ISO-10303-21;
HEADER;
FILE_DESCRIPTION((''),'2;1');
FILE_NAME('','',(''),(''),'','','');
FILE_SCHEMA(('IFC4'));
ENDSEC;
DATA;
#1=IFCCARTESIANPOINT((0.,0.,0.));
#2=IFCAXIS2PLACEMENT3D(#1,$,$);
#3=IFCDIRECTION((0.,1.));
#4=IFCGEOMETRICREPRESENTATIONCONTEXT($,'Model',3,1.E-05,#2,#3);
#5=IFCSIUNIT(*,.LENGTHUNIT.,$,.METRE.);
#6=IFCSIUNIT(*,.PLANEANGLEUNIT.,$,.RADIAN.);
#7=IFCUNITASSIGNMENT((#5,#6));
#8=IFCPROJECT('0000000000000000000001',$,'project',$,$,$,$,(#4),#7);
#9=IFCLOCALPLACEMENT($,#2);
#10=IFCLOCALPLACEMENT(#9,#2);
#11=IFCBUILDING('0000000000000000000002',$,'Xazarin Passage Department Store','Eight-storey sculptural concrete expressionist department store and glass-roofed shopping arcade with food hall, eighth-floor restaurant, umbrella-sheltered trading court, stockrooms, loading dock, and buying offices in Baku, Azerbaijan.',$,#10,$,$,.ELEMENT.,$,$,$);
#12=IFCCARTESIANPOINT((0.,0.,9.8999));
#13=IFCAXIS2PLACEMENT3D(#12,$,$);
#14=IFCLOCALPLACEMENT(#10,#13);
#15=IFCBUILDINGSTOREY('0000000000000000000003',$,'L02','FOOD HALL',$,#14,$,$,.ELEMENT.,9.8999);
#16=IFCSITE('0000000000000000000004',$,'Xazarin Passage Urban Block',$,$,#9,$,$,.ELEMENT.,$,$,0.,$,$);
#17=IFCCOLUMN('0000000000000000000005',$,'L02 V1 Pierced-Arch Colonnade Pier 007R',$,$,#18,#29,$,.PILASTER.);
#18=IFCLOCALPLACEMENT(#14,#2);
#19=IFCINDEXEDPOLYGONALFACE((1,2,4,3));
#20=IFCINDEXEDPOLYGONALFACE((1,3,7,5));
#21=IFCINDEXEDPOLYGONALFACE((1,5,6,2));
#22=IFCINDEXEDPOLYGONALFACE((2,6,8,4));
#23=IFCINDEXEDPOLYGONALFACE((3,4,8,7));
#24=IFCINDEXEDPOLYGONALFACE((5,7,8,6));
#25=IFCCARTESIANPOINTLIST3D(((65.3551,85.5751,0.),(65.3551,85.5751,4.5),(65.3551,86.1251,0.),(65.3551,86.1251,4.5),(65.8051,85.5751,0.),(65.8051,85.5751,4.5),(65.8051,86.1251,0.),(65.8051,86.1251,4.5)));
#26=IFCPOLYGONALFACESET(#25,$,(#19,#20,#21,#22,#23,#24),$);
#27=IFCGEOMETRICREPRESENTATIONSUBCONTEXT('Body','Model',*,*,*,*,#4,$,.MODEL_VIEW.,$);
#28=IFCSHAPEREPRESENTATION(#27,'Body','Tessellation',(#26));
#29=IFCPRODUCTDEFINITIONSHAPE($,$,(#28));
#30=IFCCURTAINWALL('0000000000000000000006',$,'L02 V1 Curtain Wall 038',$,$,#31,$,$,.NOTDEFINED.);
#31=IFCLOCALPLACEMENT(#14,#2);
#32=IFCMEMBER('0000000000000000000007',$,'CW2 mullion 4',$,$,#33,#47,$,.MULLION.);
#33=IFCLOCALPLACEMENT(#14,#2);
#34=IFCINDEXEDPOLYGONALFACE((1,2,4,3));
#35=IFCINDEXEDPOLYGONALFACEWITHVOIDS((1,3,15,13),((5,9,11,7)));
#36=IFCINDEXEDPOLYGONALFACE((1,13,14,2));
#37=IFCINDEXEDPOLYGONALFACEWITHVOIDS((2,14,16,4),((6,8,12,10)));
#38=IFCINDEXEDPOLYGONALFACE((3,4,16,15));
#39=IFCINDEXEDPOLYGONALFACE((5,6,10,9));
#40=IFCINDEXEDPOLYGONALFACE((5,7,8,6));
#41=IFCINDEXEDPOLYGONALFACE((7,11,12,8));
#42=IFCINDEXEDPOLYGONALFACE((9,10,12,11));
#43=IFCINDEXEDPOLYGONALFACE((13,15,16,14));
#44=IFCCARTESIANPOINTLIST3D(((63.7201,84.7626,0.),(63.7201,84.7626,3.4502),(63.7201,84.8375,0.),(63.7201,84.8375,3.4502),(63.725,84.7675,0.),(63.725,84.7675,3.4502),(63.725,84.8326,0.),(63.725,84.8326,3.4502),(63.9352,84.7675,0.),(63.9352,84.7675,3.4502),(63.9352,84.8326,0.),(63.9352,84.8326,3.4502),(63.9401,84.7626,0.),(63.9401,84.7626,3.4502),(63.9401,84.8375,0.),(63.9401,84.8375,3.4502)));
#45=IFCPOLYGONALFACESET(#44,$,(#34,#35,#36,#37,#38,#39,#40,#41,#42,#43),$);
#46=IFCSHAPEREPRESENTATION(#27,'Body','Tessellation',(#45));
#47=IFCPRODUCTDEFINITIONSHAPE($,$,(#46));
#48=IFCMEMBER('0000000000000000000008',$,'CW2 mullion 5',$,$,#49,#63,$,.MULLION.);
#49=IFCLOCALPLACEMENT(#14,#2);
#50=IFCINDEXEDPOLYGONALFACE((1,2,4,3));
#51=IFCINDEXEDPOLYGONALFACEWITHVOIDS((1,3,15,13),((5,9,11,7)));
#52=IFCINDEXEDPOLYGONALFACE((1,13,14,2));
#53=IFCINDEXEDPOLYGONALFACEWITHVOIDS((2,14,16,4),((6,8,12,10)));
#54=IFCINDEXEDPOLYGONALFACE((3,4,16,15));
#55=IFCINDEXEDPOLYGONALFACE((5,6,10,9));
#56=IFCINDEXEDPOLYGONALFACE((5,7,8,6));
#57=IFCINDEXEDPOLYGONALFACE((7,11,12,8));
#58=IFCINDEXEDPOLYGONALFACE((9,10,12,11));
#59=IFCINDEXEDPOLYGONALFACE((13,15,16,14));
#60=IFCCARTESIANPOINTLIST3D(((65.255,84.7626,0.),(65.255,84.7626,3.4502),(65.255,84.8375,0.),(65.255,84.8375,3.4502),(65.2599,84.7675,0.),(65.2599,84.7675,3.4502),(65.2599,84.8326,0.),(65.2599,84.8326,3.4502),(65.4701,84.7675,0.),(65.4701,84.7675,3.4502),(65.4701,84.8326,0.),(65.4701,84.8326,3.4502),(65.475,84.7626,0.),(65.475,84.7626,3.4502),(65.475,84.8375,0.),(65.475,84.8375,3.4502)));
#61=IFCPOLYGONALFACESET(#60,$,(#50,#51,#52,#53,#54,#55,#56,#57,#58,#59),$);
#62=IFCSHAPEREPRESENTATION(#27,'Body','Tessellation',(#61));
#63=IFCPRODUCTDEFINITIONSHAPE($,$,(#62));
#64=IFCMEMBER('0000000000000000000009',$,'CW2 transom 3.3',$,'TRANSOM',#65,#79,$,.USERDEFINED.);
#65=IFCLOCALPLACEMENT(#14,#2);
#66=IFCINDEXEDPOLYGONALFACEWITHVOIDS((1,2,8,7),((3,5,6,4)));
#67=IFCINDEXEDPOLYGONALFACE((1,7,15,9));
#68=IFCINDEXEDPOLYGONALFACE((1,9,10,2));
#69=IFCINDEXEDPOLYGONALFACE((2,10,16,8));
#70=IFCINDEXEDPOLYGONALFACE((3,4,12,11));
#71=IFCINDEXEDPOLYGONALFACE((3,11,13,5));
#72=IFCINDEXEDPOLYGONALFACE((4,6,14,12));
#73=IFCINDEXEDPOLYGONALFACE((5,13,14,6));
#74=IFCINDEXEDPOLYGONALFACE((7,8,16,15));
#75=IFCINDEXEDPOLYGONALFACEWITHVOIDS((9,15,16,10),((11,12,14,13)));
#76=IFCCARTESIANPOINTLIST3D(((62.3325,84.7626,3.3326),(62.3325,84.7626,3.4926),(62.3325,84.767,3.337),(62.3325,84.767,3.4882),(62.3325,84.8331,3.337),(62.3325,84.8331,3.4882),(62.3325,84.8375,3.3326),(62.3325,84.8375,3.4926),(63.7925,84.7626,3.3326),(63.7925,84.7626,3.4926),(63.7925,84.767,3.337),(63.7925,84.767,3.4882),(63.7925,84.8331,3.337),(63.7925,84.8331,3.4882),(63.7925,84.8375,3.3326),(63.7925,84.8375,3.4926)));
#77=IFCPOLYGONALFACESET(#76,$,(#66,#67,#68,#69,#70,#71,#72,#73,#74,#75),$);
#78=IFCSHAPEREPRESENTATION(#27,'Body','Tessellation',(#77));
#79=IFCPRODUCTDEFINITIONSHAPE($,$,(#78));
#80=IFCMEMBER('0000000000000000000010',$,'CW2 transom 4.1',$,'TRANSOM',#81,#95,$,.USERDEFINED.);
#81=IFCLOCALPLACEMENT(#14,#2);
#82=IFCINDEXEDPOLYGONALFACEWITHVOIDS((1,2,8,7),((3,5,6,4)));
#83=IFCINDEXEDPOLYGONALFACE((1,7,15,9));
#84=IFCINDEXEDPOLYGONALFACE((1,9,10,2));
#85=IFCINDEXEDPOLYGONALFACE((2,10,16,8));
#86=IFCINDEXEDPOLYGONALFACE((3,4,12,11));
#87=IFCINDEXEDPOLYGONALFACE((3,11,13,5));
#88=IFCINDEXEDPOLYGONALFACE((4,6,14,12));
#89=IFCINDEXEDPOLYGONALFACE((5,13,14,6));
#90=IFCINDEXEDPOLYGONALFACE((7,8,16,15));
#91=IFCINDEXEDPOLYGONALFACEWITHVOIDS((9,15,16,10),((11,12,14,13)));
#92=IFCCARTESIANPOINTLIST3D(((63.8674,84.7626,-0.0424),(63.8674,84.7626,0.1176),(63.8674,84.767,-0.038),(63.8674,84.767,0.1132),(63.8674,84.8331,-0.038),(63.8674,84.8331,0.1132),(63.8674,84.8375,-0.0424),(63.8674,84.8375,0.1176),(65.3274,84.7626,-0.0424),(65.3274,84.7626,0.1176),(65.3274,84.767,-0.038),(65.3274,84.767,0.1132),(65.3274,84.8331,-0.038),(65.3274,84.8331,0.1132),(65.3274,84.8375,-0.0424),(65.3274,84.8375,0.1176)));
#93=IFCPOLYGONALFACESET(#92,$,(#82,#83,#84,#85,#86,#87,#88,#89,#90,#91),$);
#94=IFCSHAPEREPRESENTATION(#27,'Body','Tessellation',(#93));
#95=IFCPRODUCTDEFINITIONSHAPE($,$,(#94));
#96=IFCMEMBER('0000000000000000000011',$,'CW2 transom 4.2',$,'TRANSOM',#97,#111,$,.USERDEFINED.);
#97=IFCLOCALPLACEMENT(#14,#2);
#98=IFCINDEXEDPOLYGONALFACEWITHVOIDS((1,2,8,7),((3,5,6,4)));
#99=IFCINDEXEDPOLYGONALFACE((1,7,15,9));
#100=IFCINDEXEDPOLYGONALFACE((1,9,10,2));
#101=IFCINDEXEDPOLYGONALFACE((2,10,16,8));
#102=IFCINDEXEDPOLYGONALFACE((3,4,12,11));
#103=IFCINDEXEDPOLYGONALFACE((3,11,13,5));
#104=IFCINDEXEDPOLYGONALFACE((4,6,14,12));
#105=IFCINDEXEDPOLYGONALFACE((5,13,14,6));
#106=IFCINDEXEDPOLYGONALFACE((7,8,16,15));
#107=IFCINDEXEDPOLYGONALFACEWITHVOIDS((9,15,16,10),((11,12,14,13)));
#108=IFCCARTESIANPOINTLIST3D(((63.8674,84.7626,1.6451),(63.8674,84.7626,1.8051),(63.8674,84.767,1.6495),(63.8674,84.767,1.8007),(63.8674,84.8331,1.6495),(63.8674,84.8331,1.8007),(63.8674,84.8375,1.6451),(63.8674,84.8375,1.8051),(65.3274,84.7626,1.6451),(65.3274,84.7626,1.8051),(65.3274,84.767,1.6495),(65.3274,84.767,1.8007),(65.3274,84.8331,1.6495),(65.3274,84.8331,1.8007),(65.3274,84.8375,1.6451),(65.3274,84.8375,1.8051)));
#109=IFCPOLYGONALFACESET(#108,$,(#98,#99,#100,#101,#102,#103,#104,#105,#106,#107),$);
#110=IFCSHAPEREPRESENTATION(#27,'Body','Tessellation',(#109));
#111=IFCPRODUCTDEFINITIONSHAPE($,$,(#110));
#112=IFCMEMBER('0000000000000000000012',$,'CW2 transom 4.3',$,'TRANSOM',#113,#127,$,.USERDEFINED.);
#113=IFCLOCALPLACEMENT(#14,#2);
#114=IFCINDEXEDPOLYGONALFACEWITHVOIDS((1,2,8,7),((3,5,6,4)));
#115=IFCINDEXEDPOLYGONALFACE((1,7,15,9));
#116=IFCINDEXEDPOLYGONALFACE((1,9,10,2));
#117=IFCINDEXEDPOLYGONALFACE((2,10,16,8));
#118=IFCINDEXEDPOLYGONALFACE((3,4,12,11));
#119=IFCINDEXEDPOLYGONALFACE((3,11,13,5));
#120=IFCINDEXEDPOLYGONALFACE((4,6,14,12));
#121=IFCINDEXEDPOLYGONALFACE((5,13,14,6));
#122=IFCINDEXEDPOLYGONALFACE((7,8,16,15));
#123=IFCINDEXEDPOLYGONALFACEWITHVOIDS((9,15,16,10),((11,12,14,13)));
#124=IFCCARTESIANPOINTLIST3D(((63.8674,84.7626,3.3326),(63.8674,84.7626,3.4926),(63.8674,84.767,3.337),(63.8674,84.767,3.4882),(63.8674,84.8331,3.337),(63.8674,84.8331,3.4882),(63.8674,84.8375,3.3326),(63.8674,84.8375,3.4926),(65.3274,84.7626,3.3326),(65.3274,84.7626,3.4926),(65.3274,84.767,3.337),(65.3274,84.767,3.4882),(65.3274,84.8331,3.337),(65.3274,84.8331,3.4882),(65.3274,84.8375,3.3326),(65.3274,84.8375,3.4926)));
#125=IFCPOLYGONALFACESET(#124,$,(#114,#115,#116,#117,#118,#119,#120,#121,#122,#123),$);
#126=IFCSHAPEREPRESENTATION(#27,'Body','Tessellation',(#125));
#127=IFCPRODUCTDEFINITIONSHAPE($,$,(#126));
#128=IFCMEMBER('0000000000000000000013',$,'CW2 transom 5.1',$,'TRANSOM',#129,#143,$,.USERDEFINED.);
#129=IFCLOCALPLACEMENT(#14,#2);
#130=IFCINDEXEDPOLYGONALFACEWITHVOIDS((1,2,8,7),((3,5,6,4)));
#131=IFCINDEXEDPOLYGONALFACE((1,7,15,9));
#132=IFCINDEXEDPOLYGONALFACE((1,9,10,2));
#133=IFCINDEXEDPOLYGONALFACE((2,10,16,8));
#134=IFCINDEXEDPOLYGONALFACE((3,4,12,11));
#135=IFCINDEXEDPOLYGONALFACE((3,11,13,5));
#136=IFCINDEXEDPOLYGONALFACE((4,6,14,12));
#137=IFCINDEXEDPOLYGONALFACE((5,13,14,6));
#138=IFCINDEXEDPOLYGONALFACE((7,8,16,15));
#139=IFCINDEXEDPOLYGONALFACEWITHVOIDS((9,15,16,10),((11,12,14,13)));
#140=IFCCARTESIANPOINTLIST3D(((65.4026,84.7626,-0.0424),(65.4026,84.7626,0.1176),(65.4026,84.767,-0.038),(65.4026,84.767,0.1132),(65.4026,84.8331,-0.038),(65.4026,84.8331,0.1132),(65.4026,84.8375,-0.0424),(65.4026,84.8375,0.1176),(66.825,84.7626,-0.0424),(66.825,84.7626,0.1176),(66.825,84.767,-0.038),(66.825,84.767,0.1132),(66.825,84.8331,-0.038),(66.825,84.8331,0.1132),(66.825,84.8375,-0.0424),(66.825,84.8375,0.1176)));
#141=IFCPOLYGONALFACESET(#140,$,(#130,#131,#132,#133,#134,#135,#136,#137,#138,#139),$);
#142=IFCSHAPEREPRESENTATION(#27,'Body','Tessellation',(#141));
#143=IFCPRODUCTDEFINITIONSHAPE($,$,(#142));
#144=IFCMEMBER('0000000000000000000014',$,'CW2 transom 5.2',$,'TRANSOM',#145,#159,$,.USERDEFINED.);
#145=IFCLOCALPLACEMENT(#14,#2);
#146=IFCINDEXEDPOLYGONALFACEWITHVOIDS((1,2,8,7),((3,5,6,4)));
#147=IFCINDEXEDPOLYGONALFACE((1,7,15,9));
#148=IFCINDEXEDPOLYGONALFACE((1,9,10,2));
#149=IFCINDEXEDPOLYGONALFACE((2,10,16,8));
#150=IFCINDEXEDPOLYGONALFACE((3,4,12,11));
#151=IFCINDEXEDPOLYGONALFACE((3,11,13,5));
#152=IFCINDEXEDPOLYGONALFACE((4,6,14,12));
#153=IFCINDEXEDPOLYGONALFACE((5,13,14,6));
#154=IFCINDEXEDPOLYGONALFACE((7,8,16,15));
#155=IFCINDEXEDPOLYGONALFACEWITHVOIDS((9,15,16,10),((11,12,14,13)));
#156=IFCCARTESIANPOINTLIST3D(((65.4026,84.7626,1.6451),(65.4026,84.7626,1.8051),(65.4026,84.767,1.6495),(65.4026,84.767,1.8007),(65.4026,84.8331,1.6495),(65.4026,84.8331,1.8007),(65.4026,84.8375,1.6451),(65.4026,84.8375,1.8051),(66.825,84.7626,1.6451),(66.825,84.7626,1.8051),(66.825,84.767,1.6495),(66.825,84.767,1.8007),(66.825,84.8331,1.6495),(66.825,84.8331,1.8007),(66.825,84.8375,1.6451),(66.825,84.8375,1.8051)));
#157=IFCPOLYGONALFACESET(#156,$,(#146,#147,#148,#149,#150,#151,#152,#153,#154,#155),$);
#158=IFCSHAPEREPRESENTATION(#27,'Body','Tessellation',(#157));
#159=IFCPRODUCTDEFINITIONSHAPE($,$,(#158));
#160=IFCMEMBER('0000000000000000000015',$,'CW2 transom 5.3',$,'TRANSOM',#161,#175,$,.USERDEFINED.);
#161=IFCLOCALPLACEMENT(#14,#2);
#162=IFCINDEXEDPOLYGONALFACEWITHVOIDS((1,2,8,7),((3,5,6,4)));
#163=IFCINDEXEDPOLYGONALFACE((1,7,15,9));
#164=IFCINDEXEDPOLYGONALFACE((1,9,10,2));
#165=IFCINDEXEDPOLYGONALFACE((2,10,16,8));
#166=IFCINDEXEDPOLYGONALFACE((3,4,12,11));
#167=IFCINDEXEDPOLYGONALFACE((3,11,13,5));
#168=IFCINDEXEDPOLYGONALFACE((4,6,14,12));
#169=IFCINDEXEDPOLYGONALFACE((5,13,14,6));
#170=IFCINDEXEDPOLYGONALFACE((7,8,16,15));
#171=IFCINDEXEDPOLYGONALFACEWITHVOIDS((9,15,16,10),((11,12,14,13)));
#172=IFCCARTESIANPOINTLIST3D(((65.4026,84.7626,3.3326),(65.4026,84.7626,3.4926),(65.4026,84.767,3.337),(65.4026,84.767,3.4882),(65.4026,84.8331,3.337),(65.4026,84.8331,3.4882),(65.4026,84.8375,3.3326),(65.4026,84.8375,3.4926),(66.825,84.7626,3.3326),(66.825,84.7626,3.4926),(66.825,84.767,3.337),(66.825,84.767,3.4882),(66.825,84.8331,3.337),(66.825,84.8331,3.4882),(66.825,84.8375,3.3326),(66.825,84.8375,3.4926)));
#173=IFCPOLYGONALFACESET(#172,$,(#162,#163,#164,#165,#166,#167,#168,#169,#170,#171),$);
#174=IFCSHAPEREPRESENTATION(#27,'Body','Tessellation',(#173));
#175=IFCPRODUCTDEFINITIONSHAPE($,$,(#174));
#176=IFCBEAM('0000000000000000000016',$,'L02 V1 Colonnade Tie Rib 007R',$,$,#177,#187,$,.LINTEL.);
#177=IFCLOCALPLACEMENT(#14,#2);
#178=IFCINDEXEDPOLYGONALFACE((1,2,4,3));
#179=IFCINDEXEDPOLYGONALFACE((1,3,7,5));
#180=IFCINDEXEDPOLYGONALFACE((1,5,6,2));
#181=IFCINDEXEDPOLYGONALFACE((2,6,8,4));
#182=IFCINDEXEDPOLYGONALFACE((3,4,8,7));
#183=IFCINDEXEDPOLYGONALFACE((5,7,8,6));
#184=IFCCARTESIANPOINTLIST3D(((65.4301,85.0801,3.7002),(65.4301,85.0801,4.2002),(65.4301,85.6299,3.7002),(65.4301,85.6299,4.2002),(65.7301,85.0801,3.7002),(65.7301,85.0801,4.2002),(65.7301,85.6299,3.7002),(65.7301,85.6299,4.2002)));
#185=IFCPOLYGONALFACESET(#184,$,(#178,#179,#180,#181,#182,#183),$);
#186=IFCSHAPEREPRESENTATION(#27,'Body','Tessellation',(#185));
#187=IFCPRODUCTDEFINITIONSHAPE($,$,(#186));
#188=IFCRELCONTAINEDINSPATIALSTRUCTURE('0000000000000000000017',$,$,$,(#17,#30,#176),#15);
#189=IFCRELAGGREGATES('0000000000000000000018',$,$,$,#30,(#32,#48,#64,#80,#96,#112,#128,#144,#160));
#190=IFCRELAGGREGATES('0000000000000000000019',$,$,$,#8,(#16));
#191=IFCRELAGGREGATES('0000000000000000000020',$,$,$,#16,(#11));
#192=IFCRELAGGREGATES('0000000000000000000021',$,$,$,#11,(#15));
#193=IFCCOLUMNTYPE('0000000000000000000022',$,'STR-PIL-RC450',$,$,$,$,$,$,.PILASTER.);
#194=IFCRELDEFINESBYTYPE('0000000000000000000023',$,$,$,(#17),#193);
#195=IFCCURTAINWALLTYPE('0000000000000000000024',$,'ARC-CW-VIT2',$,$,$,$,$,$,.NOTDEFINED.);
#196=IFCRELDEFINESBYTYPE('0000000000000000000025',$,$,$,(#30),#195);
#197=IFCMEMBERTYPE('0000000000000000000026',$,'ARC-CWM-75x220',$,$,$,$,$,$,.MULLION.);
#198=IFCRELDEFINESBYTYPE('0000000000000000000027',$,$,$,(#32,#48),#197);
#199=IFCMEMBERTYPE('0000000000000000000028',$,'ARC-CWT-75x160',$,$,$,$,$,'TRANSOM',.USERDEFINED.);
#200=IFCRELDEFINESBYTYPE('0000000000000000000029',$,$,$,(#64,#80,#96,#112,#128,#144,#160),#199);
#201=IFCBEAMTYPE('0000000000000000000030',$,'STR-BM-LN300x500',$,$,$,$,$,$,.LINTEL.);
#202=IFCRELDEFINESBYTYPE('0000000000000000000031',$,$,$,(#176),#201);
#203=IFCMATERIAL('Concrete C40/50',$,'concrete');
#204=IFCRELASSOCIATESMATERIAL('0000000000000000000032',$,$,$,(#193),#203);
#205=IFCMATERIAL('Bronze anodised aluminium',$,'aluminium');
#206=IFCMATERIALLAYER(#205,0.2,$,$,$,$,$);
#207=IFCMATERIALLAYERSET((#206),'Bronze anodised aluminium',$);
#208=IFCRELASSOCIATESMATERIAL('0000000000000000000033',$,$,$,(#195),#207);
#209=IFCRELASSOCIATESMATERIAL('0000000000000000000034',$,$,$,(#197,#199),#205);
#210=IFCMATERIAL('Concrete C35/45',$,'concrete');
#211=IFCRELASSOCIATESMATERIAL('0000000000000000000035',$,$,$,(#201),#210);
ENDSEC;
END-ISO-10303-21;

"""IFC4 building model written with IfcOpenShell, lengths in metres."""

from ifc_helpers import new_model, si_unit, direction, frame, origin, origin_2d, place, context, subcontext, project, spatial, rectangle, hollow_rectangle, extrude, material, layer, layer_set, material_profile, profile_set, type_object, element, aggregate, save


model = new_model("IFC4")

# Units and contexts
model_context = context("Model", 3, precision=1e-05, world=origin(), true_north=direction((0.0, 1.0)))
body_context = subcontext(model_context, "Body", "Model", "MODEL_VIEW")
ifc_project = project(units=[si_unit("LENGTHUNIT", "METRE"), si_unit("PLANEANGLEUNIT", "RADIAN")], contexts=[model_context])

# Site, building, storey
site_placement = place(None, origin())
site = spatial("IfcSite", under=ifc_project, at=site_placement, Name="Xazarin Passage Urban Block", CompositionType="ELEMENT", RefElevation=0.0)
building_placement = place(site_placement, origin())
building = spatial("IfcBuilding", under=site, at=building_placement, Name="Xazarin Passage Department Store", Description="Eight-storey sculptural concrete expressionist department store and glass-roofed shopping arcade with food hall, eighth-floor restaurant, umbrella-sheltered trading court, stockrooms, loading dock, and buying offices in Baku, Azerbaijan.", CompositionType="ELEMENT")
storey_placement = place(building_placement, frame((0.0, 0.0, 9.8999)))
storey = spatial("IfcBuildingStorey", under=building, at=storey_placement, Name="L02", Description="FOOD HALL", CompositionType="ELEMENT", Elevation=9.8999)

# Column
ifc_material_1 = material(Name="Concrete C40/50", Category="concrete")
ifc_material_profile_1 = material_profile(ifc_material_1, rectangle(XDim=0.45, YDim=0.55, at=origin_2d()), Name="RC 450x550")
ifc_profile_set_1 = profile_set([ifc_material_profile_1], Name="Concrete C40/50")
column_type = type_object("IfcColumnType", Name="STR-PIL-RC450", PredefinedType="PILASTER", material=ifc_profile_set_1)
column_placement = place(storey_placement, frame((65.5801, 85.8501, 0.0), z_axis=(0.0, 0.0, 1.0), x_axis=(1.0, 0.0, 0.0)))
element("IfcColumn", 1, at=column_placement, inside=storey, type_object=column_type, Name="L02 V1 Pierced-Arch Colonnade Pier 007R", PredefinedType="PILASTER", context=body_context, shape_type="SweptSolid", body=[
    extrude(rectangle(XDim=0.45, YDim=0.55, at=origin_2d()), origin(), (0.0, 0.0, 1.0), 4.5),
])

# Curtain wall, members
ifc_material_2 = material(Name="Bronze anodised aluminium", Category="aluminium")
ifc_layer_1 = layer(ifc_material_2, 0.2)
ifc_layer_set_1 = layer_set([ifc_layer_1], Name="Bronze anodised aluminium")
curtain_wall_type = type_object("IfcCurtainWallType", Name="ARC-CW-VIT2", PredefinedType="NOTDEFINED", material=ifc_layer_set_1)
curtain_wall_placement = place(storey_placement, origin())
curtain_wall = element("IfcCurtainWall", 2, at=curtain_wall_placement, inside=storey, type_object=curtain_wall_type, Name="L02 V1 Curtain Wall 038", PredefinedType="NOTDEFINED")
ifc_material_profile_2 = material_profile(ifc_material_2, hollow_rectangle(XDim=0.075, YDim=0.22, WallThickness=0.0049, at=origin_2d()), Name="ALU 75x220")
ifc_profile_set_2 = profile_set([ifc_material_profile_2], Name="Bronze anodised aluminium")
member_type_1 = type_object("IfcMemberType", Name="ARC-CWM-75x220", PredefinedType="MULLION", material=ifc_profile_set_2)
member_1_placement = place(storey_placement, frame((63.8301, 84.8, 0.0), z_axis=(0.0, 0.0, 1.0), x_axis=(0.0, 1.0, 0.0)))
member_1 = element("IfcMember", 3, at=member_1_placement, type_object=member_type_1, Name="CW2 mullion 4", PredefinedType="MULLION", context=body_context, shape_type="SweptSolid", body=[
    extrude(hollow_rectangle(XDim=0.075, YDim=0.22, WallThickness=0.0049, at=origin_2d()), origin(), (0.0, 0.0, 1.0), 3.4502),
])
member_2_placement = place(storey_placement, frame((65.365, 84.8, 0.0), z_axis=(0.0, 0.0, 1.0), x_axis=(0.0, 1.0, 0.0)))
member_2 = element("IfcMember", 4, at=member_2_placement, type_object=member_type_1, Name="CW2 mullion 5", PredefinedType="MULLION", context=body_context, shape_type="SweptSolid", body=[
    extrude(hollow_rectangle(XDim=0.075, YDim=0.22, WallThickness=0.0049, at=origin_2d()), origin(), (0.0, 0.0, 1.0), 3.4502),
])
ifc_material_profile_3 = material_profile(ifc_material_2, hollow_rectangle(XDim=0.075, YDim=0.1599, WallThickness=0.0044, at=origin_2d()), Name="ALU 75x160")
ifc_profile_set_3 = profile_set([ifc_material_profile_3], Name="Bronze anodised aluminium")
member_type_2 = type_object("IfcMemberType", Name="ARC-CWT-75x160", ElementType="TRANSOM", PredefinedType="USERDEFINED", material=ifc_profile_set_3)
member_3_placement = place(storey_placement, frame((62.3325, 84.8, 3.4126), z_axis=(1.0, 0.0, 0.0), x_axis=(0.0, 1.0, 0.0)))
member_3 = element("IfcMember", 5, at=member_3_placement, type_object=member_type_2, Name="CW2 transom 3.3", ObjectType="TRANSOM", PredefinedType="USERDEFINED", context=body_context, shape_type="SweptSolid", body=[
    extrude(hollow_rectangle(XDim=0.075, YDim=0.1599, WallThickness=0.0044, at=origin_2d()), origin(), (0.0, 0.0, 1.0), 1.46),
])
member_4_placement = place(storey_placement, frame((63.8674, 84.8, 0.0376), z_axis=(1.0, 0.0, 0.0), x_axis=(0.0, 1.0, 0.0)))
member_4 = element("IfcMember", 6, at=member_4_placement, type_object=member_type_2, Name="CW2 transom 4.1", ObjectType="TRANSOM", PredefinedType="USERDEFINED", context=body_context, shape_type="SweptSolid", body=[
    extrude(hollow_rectangle(XDim=0.075, YDim=0.1599, WallThickness=0.0044, at=origin_2d()), origin(), (0.0, 0.0, 1.0), 1.46),
])
member_5_placement = place(storey_placement, frame((63.8674, 84.8, 1.7251), z_axis=(1.0, 0.0, 0.0), x_axis=(0.0, 1.0, 0.0)))
member_5 = element("IfcMember", 7, at=member_5_placement, type_object=member_type_2, Name="CW2 transom 4.2", ObjectType="TRANSOM", PredefinedType="USERDEFINED", context=body_context, shape_type="SweptSolid", body=[
    extrude(hollow_rectangle(XDim=0.075, YDim=0.1599, WallThickness=0.0044, at=origin_2d()), origin(), (0.0, 0.0, 1.0), 1.46),
])
member_6_placement = place(storey_placement, frame((63.8674, 84.8, 3.4126), z_axis=(1.0, 0.0, 0.0), x_axis=(0.0, 1.0, 0.0)))
member_6 = element("IfcMember", 8, at=member_6_placement, type_object=member_type_2, Name="CW2 transom 4.3", ObjectType="TRANSOM", PredefinedType="USERDEFINED", context=body_context, shape_type="SweptSolid", body=[
    extrude(hollow_rectangle(XDim=0.075, YDim=0.1599, WallThickness=0.0044, at=origin_2d()), origin(), (0.0, 0.0, 1.0), 1.46),
])
member_7_placement = place(storey_placement, frame((65.4026, 84.8, 0.0376), z_axis=(1.0, 0.0, 0.0), x_axis=(0.0, 1.0, 0.0)))
member_7 = element("IfcMember", 9, at=member_7_placement, type_object=member_type_2, Name="CW2 transom 5.1", ObjectType="TRANSOM", PredefinedType="USERDEFINED", context=body_context, shape_type="SweptSolid", body=[
    extrude(hollow_rectangle(XDim=0.075, YDim=0.1599, WallThickness=0.0044, at=origin_2d()), origin(), (0.0, 0.0, 1.0), 1.4224),
])
member_8_placement = place(storey_placement, frame((65.4026, 84.8, 1.7251), z_axis=(1.0, 0.0, 0.0), x_axis=(0.0, 1.0, 0.0)))
member_8 = element("IfcMember", 10, at=member_8_placement, type_object=member_type_2, Name="CW2 transom 5.2", ObjectType="TRANSOM", PredefinedType="USERDEFINED", context=body_context, shape_type="SweptSolid", body=[
    extrude(hollow_rectangle(XDim=0.075, YDim=0.1599, WallThickness=0.0044, at=origin_2d()), origin(), (0.0, 0.0, 1.0), 1.4224),
])
member_9_placement = place(storey_placement, frame((65.4026, 84.8, 3.4126), z_axis=(1.0, 0.0, 0.0), x_axis=(0.0, 1.0, 0.0)))
member_9 = element("IfcMember", 11, at=member_9_placement, type_object=member_type_2, Name="CW2 transom 5.3", ObjectType="TRANSOM", PredefinedType="USERDEFINED", context=body_context, shape_type="SweptSolid", body=[
    extrude(hollow_rectangle(XDim=0.075, YDim=0.1599, WallThickness=0.0044, at=origin_2d()), origin(), (0.0, 0.0, 1.0), 1.4224),
])

# Beam
ifc_material_3 = material(Name="Concrete C35/45", Category="concrete")
ifc_material_profile_4 = material_profile(ifc_material_3, rectangle(XDim=0.3, YDim=0.5, at=origin_2d()), Name="RC 300x500")
ifc_profile_set_4 = profile_set([ifc_material_profile_4], Name="Concrete C35/45")
beam_type = type_object("IfcBeamType", Name="STR-BM-LN300x500", PredefinedType="LINTEL", material=ifc_profile_set_4)
beam_placement = place(storey_placement, frame((65.5801, 85.0801, 3.9502), z_axis=(0.0, 1.0, 0.0), x_axis=(-1.0, 0.0, 0.0)))
element("IfcBeam", 12, at=beam_placement, inside=storey, type_object=beam_type, Name="L02 V1 Colonnade Tie Rib 007R", PredefinedType="LINTEL", context=body_context, shape_type="SweptSolid", body=[
    extrude(rectangle(XDim=0.3, YDim=0.5, at=origin_2d()), origin(), (0.0, 0.0, 1.0), 0.5498),
])

aggregate(curtain_wall, [member_1, member_2, member_3, member_4, member_5, member_6, member_7, member_8, member_9])

save(model, "model.ifc")
